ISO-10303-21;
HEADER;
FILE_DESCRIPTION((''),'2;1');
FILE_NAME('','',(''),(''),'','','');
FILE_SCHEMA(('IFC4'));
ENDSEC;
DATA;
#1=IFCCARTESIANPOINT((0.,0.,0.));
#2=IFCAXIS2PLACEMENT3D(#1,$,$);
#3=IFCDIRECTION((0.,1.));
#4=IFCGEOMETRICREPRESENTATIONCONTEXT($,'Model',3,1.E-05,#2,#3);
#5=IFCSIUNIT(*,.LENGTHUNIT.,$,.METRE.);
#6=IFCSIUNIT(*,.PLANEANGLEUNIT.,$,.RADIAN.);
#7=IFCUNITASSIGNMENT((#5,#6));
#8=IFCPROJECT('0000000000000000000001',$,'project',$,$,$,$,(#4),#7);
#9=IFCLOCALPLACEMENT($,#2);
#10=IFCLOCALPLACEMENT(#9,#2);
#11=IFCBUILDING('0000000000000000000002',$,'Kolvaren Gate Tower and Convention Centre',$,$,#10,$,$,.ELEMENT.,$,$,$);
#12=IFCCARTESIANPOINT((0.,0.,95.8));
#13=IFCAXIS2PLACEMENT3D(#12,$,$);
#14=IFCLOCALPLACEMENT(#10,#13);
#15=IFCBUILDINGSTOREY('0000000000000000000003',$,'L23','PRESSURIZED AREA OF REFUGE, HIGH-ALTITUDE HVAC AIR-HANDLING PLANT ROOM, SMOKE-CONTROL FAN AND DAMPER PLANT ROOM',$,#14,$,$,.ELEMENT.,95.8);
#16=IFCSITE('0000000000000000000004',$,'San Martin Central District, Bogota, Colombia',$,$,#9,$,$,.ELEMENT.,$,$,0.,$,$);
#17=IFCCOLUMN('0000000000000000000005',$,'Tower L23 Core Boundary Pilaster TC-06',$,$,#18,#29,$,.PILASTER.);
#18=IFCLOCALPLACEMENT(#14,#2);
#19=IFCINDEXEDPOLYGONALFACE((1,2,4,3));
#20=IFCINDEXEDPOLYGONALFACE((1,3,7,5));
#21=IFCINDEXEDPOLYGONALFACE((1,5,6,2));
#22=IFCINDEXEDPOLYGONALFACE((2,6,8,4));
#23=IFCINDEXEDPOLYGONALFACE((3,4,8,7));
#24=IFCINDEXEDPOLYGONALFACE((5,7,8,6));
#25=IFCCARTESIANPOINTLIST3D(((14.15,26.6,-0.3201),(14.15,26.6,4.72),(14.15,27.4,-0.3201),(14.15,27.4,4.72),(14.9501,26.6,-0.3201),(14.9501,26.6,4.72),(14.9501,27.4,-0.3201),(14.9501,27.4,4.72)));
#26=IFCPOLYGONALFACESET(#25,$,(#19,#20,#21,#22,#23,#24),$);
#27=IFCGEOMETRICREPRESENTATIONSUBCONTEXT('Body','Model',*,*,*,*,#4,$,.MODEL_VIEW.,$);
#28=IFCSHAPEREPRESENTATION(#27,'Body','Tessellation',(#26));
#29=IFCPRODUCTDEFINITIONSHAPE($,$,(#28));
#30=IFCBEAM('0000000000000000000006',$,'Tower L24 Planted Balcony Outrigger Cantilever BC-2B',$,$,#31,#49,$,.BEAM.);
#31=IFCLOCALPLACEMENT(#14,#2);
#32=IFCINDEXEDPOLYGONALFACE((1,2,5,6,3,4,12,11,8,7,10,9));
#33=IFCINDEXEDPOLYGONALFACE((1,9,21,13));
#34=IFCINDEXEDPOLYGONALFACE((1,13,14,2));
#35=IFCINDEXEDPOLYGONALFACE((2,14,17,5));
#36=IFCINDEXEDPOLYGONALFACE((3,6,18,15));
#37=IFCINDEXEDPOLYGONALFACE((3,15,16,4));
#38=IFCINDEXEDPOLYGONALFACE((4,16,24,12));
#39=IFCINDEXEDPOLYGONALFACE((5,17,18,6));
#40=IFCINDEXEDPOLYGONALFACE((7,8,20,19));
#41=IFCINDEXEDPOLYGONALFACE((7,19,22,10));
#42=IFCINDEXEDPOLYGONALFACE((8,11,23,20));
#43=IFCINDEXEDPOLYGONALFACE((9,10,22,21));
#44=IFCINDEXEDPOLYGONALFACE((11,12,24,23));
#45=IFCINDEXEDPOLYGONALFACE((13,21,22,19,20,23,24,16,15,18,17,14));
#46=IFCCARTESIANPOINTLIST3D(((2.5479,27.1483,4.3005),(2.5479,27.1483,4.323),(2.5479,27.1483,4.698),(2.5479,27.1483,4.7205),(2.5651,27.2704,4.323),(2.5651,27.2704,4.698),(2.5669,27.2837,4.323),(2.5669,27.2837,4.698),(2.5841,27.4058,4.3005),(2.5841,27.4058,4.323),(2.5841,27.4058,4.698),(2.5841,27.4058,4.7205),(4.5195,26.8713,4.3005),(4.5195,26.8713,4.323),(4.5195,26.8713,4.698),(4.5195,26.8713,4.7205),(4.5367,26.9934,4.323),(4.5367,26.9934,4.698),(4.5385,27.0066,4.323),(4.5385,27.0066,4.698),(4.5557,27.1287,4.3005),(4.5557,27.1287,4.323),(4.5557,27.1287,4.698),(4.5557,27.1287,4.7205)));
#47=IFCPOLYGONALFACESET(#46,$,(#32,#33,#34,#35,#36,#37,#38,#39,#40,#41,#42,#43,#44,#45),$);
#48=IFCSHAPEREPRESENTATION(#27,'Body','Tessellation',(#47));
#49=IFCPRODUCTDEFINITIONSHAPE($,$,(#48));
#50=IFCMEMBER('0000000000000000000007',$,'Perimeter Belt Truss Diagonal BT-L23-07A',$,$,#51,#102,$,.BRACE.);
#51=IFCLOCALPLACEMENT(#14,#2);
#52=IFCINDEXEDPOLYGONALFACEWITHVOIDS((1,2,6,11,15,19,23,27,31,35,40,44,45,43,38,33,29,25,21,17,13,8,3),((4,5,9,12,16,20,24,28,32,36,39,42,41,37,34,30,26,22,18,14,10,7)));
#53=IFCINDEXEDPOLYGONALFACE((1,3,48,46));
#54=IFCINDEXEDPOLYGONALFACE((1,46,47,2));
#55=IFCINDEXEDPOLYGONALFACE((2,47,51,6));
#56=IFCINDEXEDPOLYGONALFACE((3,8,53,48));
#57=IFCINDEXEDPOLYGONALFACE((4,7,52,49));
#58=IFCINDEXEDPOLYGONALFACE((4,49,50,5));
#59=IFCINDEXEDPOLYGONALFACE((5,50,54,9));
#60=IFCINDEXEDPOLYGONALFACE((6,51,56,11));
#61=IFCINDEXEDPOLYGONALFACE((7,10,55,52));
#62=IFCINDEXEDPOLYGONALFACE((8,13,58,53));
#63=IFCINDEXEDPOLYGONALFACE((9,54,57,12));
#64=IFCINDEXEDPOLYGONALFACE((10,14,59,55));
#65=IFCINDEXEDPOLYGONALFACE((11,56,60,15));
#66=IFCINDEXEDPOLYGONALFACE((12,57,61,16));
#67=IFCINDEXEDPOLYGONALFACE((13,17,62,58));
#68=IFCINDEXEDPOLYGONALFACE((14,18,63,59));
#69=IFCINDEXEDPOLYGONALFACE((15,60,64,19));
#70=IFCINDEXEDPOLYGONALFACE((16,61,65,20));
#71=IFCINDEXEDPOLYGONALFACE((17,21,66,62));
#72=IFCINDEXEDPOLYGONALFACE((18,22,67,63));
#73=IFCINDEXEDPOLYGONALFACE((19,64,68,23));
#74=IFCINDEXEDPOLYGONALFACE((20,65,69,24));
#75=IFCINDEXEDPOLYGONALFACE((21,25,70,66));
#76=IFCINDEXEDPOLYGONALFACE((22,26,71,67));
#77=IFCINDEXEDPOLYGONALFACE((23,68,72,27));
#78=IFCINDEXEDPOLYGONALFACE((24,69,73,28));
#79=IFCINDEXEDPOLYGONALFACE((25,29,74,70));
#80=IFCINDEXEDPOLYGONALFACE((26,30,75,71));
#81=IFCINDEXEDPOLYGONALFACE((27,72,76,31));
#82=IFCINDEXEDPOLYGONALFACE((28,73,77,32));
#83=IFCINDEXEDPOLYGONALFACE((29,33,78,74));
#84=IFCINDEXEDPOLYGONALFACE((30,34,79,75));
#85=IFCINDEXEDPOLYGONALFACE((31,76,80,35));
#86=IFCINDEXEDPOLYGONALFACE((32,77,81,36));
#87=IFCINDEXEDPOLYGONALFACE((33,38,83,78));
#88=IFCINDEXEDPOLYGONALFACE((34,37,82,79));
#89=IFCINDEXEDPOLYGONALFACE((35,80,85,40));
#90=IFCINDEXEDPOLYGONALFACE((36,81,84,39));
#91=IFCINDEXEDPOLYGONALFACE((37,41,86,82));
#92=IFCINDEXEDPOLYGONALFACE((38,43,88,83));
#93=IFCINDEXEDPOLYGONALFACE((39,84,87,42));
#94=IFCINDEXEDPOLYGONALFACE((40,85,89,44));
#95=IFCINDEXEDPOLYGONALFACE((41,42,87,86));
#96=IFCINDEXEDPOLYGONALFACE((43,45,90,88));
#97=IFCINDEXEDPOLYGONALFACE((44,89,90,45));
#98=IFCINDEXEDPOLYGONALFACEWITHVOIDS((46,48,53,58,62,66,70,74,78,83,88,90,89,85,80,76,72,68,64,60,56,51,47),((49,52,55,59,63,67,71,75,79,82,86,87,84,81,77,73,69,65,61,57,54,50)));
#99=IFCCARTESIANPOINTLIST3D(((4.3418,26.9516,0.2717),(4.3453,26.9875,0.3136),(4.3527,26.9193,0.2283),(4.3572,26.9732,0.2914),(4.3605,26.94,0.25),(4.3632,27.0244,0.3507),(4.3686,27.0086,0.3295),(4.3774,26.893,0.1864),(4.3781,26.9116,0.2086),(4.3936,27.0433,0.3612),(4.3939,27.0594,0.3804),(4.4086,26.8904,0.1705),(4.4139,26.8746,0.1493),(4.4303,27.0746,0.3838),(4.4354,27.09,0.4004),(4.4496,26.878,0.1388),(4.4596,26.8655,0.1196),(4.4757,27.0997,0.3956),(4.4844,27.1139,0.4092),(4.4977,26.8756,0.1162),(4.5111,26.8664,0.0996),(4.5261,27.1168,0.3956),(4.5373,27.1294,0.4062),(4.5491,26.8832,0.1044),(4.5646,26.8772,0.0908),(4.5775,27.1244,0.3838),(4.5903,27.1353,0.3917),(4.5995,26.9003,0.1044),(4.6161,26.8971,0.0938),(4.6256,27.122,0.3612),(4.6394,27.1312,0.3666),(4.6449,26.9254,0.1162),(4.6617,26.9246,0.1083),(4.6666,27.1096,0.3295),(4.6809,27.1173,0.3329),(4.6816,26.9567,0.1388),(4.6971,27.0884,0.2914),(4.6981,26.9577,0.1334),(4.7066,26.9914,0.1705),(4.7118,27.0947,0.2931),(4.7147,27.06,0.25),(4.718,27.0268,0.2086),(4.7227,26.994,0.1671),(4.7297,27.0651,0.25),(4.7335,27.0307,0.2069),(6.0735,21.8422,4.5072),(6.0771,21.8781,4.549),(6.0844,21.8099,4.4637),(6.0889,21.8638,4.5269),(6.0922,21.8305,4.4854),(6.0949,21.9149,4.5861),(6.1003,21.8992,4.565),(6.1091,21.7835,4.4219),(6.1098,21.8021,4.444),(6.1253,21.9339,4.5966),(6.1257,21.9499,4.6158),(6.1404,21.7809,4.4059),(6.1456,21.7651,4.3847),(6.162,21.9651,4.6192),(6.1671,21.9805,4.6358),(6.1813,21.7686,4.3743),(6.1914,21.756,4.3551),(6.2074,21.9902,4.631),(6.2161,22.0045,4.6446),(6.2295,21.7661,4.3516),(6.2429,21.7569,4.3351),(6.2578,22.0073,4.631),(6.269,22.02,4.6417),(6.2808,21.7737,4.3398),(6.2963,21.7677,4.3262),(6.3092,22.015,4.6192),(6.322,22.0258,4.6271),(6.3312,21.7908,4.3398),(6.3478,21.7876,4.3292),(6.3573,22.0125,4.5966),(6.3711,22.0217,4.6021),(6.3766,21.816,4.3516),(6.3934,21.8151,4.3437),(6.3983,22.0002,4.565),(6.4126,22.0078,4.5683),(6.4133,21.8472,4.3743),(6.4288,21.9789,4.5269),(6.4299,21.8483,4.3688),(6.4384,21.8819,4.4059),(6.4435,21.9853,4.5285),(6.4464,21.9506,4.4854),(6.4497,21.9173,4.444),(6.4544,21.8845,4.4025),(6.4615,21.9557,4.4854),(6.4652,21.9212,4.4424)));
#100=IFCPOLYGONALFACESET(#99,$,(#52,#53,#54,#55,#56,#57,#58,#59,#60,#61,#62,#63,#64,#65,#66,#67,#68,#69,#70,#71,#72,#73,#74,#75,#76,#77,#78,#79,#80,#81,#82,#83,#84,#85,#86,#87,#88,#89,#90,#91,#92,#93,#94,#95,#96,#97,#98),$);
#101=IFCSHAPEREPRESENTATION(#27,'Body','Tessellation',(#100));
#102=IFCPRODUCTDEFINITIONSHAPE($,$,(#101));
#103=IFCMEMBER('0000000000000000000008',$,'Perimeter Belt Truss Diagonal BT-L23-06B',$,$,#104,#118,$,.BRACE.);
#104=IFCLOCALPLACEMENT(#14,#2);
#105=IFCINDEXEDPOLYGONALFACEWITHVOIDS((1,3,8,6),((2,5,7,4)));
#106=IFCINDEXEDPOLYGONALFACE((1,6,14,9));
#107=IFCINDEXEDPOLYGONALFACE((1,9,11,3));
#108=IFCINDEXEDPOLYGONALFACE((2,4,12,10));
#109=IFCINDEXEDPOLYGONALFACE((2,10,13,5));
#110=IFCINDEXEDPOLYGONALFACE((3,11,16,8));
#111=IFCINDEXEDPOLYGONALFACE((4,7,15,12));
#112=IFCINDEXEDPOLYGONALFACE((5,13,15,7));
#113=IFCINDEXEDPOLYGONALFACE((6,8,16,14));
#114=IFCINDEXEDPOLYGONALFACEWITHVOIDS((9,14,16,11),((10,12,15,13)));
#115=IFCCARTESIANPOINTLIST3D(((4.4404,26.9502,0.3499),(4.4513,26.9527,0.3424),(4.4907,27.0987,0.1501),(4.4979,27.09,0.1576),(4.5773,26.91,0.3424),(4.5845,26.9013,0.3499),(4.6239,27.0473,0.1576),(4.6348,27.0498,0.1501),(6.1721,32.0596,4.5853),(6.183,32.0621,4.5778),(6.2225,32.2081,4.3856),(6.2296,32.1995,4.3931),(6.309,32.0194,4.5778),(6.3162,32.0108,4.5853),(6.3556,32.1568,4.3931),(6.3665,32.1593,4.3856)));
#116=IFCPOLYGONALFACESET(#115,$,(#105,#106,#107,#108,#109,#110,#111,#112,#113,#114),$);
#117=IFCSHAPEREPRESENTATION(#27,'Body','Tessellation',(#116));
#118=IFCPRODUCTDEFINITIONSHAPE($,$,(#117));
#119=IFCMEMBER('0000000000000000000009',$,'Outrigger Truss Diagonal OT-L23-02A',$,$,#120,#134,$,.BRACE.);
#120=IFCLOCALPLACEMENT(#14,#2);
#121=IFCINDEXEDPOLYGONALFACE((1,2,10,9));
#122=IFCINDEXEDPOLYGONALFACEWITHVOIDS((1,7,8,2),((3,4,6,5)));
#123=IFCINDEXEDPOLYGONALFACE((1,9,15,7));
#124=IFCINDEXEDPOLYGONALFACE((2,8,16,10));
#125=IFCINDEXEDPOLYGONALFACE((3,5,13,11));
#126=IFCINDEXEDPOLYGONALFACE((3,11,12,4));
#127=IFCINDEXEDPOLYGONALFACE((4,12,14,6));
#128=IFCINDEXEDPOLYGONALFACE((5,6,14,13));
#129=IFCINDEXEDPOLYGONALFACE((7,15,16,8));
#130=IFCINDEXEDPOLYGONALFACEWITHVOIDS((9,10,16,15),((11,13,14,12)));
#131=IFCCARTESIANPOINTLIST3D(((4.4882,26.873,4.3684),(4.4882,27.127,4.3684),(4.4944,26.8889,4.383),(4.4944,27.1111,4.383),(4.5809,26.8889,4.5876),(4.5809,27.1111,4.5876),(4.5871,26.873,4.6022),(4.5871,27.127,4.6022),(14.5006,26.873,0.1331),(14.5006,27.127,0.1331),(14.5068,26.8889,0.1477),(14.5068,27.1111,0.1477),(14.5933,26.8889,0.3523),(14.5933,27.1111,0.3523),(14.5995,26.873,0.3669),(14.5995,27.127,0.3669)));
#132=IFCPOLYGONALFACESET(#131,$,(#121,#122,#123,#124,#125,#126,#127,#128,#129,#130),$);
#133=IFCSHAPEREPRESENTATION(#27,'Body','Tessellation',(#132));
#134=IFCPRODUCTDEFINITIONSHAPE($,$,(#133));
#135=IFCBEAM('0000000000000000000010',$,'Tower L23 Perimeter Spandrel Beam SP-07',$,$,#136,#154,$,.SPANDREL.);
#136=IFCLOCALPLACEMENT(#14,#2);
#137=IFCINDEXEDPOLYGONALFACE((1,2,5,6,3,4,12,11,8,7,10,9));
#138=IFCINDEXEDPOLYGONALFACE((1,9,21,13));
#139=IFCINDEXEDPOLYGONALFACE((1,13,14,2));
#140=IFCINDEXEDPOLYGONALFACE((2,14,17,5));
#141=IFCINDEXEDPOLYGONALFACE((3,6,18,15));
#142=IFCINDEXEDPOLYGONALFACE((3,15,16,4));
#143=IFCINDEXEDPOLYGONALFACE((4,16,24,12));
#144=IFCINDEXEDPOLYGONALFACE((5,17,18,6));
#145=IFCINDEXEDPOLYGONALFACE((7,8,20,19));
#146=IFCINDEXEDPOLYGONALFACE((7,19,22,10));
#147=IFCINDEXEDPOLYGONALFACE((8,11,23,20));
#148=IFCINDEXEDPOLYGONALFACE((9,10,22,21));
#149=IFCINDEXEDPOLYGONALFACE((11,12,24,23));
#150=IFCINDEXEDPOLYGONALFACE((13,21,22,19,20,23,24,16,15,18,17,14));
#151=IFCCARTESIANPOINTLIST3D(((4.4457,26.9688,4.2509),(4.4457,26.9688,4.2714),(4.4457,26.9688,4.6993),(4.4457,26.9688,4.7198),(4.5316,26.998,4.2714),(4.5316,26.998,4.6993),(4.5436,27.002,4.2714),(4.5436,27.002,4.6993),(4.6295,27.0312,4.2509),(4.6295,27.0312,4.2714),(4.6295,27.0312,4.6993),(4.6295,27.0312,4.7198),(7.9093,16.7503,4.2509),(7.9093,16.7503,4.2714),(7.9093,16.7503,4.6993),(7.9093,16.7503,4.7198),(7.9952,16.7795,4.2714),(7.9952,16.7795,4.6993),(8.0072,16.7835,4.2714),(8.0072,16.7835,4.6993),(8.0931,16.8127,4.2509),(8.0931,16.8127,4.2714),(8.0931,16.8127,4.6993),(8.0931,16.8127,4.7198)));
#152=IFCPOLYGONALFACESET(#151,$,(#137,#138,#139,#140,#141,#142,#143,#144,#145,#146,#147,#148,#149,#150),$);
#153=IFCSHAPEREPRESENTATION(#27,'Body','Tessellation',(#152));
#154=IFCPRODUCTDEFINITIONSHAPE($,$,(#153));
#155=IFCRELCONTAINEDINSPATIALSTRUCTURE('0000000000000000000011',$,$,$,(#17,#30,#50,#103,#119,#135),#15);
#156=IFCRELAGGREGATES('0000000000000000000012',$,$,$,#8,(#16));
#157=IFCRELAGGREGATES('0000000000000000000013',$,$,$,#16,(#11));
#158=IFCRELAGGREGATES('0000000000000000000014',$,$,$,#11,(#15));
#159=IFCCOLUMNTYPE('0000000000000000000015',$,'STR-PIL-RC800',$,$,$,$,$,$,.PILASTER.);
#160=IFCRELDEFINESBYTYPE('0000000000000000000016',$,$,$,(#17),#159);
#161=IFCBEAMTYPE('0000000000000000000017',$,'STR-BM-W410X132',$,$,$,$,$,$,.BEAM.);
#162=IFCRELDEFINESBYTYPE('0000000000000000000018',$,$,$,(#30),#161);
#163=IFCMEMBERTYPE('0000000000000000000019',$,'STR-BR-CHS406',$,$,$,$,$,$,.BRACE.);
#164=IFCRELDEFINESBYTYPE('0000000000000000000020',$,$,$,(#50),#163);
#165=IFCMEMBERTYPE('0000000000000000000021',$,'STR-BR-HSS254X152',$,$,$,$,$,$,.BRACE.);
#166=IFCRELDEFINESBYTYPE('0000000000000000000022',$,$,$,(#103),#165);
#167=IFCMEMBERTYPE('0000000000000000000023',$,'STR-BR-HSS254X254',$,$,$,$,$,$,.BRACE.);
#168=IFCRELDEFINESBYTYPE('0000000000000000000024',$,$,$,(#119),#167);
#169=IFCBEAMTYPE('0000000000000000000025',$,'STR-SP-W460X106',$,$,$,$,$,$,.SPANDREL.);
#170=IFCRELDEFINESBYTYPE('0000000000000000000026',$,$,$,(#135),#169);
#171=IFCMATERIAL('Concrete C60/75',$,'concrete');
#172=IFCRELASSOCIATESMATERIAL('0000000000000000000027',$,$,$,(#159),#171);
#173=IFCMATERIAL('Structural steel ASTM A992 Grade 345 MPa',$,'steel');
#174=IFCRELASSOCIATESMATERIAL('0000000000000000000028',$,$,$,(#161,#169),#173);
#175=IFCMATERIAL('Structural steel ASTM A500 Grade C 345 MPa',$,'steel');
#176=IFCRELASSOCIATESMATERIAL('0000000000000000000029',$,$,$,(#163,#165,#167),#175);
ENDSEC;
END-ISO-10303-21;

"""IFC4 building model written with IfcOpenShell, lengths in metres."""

from ifc_helpers import new_model, si_unit, direction, frame, origin, origin_2d, place, context, subcontext, project, spatial, rectangle, hollow_rectangle, hollow_circle, i_section, extrude, material, material_profile, profile_set, type_object, element, save


model = new_model("IFC4")

# Units and contexts
model_context = context("Model", 3, precision=1e-05, world=origin(), true_north=direction((0.0, 1.0)))
body_context = subcontext(model_context, "Body", "Model", "MODEL_VIEW")
ifc_project = project(units=[si_unit("LENGTHUNIT", "METRE"), si_unit("PLANEANGLEUNIT", "RADIAN")], contexts=[model_context])

# Site, building, storey
site_placement = place(None, origin())
site = spatial("IfcSite", under=ifc_project, at=site_placement, Name="San Martin Central District, Bogota, Colombia", CompositionType="ELEMENT", RefElevation=0.0)
building_placement = place(site_placement, origin())
building = spatial("IfcBuilding", under=site, at=building_placement, Name="Kolvaren Gate Tower and Convention Centre", CompositionType="ELEMENT")
storey_placement = place(building_placement, frame((0.0, 0.0, 95.8)))
storey = spatial("IfcBuildingStorey", under=building, at=storey_placement, Name="L23", Description="PRESSURIZED AREA OF REFUGE, HIGH-ALTITUDE HVAC AIR-HANDLING PLANT ROOM, SMOKE-CONTROL FAN AND DAMPER PLANT ROOM", CompositionType="ELEMENT", Elevation=95.8)

# Column
ifc_material_1 = material(Name="Concrete C60/75", Category="concrete")
ifc_material_profile_1 = material_profile(ifc_material_1, rectangle(XDim=0.8, YDim=0.8, at=origin_2d()), Name="RC-COL-800X800")
ifc_profile_set_1 = profile_set([ifc_material_profile_1], Name="Concrete C60/75")
column_type = type_object("IfcColumnType", Name="STR-PIL-RC800", PredefinedType="PILASTER", material=ifc_profile_set_1)
column_placement = place(storey_placement, frame((14.55, 27.0, -0.3201), z_axis=(0.0, 0.0, 1.0), x_axis=(1.0, 0.0, 0.0)))
element("IfcColumn", 1, at=column_placement, inside=storey, type_object=column_type, Name="Tower L23 Core Boundary Pilaster TC-06", PredefinedType="PILASTER", context=body_context, shape_type="SweptSolid", body=[
    extrude(rectangle(XDim=0.8, YDim=0.8, at=origin_2d()), origin(), (0.0, 0.0, 1.0), 5.04),
])

# Beam
ifc_material_2 = material(Name="Structural steel ASTM A992 Grade 345 MPa", Category="steel")
ifc_material_profile_2 = material_profile(ifc_material_2, i_section(OverallWidth=0.26, OverallDepth=0.4199, WebThickness=0.0134, FlangeThickness=0.0225, at=origin_2d()), Name="W410X132")
ifc_profile_set_2 = profile_set([ifc_material_profile_2], Name="Structural steel ASTM A992 Grade 345 MPa")
beam_type_1 = type_object("IfcBeamType", Name="STR-BM-W410X132", PredefinedType="BEAM", material=ifc_profile_set_2)
beam_1_placement = place(storey_placement, frame((4.5376, 27.0, 4.5105), z_axis=(-0.990268, 0.139172, 0.0), x_axis=(-0.139172, -0.990268, 0.0)))
element("IfcBeam", 2, at=beam_1_placement, inside=storey, type_object=beam_type_1, Name="Tower L24 Planted Balcony Outrigger Cantilever BC-2B", PredefinedType="BEAM", context=body_context, shape_type="SweptSolid", body=[
    extrude(i_section(OverallWidth=0.26, OverallDepth=0.4199, WebThickness=0.0134, FlangeThickness=0.0225, at=origin_2d()), origin(), (0.0, 0.0, 1.0), 1.991),
])

# Members
ifc_material_3 = material(Name="Structural steel ASTM A500 Grade C 345 MPa", Category="steel")
ifc_material_profile_3 = material_profile(ifc_material_3, hollow_circle(Radius=0.2029, WallThickness=0.0159, at=origin_2d()), Name="CHS406X15.9")
ifc_profile_set_3 = profile_set([ifc_material_profile_3], Name="Structural steel ASTM A500 Grade C 345 MPa")
member_type_1 = type_object("IfcMemberType", Name="STR-BR-CHS406", PredefinedType="BRACE", material=ifc_profile_set_3)
member_1_placement = place(storey_placement, frame((4.5376, 27.0, 0.25), z_axis=(0.252478, -0.744941, 0.617509), x_axis=(0.947083, 0.320989, 0.0)))
element("IfcMember", 3, at=member_1_placement, inside=storey, type_object=member_type_1, Name="Perimeter Belt Truss Diagonal BT-L23-07A", PredefinedType="BRACE", context=body_context, shape_type="SweptSolid", body=[
    extrude(hollow_circle(Radius=0.2029, WallThickness=0.0159, at=origin_2d()), origin(), (0.0, 0.0, 1.0), 6.8589),
])
ifc_material_profile_4 = material_profile(ifc_material_3, hollow_rectangle(XDim=0.1521, YDim=0.2539, WallThickness=0.0095, at=origin_2d()), Name="HSS254X152X9.5")
ifc_profile_set_4 = profile_set([ifc_material_profile_4], Name="Structural steel ASTM A500 Grade C 345 MPa")
member_type_2 = type_object("IfcMemberType", Name="STR-BR-HSS254X152", PredefinedType="BRACE", material=ifc_profile_set_4)
member_2_placement = place(storey_placement, frame((4.5376, 27.0, 0.25), z_axis=(0.252478, 0.744941, 0.617509), x_axis=(-0.947083, 0.320989, 0.0)))
element("IfcMember", 4, at=member_2_placement, inside=storey, type_object=member_type_2, Name="Perimeter Belt Truss Diagonal BT-L23-06B", PredefinedType="BRACE", context=body_context, shape_type="SweptSolid", body=[
    extrude(hollow_rectangle(XDim=0.1521, YDim=0.2539, WallThickness=0.0095, at=origin_2d()), origin(), (0.0, 0.0, 1.0), 6.8589),
])
ifc_material_profile_5 = material_profile(ifc_material_3, hollow_rectangle(XDim=0.2539, YDim=0.2539, WallThickness=0.0159, at=origin_2d()), Name="HSS254X254X15.9")
ifc_profile_set_5 = profile_set([ifc_material_profile_5], Name="Structural steel ASTM A500 Grade C 345 MPa")
member_type_3 = type_object("IfcMemberType", Name="STR-BR-HSS254X254", PredefinedType="BRACE", material=ifc_profile_set_5)
member_3_placement = place(storey_placement, frame((14.55, 27.0, 0.25), z_axis=(-0.92099, 0.0, 0.389587), x_axis=(0.0, -1.0, 0.0)))
element("IfcMember", 5, at=member_3_placement, inside=storey, type_object=member_type_3, Name="Outrigger Truss Diagonal OT-L23-02A", PredefinedType="BRACE", context=body_context, shape_type="SweptSolid", body=[
    extrude(hollow_rectangle(XDim=0.2539, YDim=0.2539, WallThickness=0.0159, at=origin_2d()), origin(), (0.0, 0.0, 1.0), 10.8713),
])

# Beam
ifc_material_profile_6 = material_profile(ifc_material_2, i_section(OverallWidth=0.1941, OverallDepth=0.469, WebThickness=0.0127, FlangeThickness=0.0205, at=origin_2d()), Name="W460X106")
ifc_profile_set_6 = profile_set([ifc_material_profile_6], Name="Structural steel ASTM A992 Grade 345 MPa")
beam_type_2 = type_object("IfcBeamType", Name="STR-SP-W460X106", PredefinedType="SPANDREL", material=ifc_profile_set_6)
beam_2_placement = place(storey_placement, frame((4.5376, 27.0, 4.4854), z_axis=(0.321016, -0.947074, 0.0), x_axis=(0.947074, 0.321016, 0.0)))
element("IfcBeam", 6, at=beam_2_placement, inside=storey, type_object=beam_type_2, Name="Tower L23 Perimeter Spandrel Beam SP-07", PredefinedType="SPANDREL", context=body_context, shape_type="SweptSolid", body=[
    extrude(i_section(OverallWidth=0.1941, OverallDepth=0.469, WebThickness=0.0127, FlangeThickness=0.0205, at=origin_2d()), origin(), (0.0, 0.0, 1.0), 10.7896),
])

save(model, "model.ifc")
